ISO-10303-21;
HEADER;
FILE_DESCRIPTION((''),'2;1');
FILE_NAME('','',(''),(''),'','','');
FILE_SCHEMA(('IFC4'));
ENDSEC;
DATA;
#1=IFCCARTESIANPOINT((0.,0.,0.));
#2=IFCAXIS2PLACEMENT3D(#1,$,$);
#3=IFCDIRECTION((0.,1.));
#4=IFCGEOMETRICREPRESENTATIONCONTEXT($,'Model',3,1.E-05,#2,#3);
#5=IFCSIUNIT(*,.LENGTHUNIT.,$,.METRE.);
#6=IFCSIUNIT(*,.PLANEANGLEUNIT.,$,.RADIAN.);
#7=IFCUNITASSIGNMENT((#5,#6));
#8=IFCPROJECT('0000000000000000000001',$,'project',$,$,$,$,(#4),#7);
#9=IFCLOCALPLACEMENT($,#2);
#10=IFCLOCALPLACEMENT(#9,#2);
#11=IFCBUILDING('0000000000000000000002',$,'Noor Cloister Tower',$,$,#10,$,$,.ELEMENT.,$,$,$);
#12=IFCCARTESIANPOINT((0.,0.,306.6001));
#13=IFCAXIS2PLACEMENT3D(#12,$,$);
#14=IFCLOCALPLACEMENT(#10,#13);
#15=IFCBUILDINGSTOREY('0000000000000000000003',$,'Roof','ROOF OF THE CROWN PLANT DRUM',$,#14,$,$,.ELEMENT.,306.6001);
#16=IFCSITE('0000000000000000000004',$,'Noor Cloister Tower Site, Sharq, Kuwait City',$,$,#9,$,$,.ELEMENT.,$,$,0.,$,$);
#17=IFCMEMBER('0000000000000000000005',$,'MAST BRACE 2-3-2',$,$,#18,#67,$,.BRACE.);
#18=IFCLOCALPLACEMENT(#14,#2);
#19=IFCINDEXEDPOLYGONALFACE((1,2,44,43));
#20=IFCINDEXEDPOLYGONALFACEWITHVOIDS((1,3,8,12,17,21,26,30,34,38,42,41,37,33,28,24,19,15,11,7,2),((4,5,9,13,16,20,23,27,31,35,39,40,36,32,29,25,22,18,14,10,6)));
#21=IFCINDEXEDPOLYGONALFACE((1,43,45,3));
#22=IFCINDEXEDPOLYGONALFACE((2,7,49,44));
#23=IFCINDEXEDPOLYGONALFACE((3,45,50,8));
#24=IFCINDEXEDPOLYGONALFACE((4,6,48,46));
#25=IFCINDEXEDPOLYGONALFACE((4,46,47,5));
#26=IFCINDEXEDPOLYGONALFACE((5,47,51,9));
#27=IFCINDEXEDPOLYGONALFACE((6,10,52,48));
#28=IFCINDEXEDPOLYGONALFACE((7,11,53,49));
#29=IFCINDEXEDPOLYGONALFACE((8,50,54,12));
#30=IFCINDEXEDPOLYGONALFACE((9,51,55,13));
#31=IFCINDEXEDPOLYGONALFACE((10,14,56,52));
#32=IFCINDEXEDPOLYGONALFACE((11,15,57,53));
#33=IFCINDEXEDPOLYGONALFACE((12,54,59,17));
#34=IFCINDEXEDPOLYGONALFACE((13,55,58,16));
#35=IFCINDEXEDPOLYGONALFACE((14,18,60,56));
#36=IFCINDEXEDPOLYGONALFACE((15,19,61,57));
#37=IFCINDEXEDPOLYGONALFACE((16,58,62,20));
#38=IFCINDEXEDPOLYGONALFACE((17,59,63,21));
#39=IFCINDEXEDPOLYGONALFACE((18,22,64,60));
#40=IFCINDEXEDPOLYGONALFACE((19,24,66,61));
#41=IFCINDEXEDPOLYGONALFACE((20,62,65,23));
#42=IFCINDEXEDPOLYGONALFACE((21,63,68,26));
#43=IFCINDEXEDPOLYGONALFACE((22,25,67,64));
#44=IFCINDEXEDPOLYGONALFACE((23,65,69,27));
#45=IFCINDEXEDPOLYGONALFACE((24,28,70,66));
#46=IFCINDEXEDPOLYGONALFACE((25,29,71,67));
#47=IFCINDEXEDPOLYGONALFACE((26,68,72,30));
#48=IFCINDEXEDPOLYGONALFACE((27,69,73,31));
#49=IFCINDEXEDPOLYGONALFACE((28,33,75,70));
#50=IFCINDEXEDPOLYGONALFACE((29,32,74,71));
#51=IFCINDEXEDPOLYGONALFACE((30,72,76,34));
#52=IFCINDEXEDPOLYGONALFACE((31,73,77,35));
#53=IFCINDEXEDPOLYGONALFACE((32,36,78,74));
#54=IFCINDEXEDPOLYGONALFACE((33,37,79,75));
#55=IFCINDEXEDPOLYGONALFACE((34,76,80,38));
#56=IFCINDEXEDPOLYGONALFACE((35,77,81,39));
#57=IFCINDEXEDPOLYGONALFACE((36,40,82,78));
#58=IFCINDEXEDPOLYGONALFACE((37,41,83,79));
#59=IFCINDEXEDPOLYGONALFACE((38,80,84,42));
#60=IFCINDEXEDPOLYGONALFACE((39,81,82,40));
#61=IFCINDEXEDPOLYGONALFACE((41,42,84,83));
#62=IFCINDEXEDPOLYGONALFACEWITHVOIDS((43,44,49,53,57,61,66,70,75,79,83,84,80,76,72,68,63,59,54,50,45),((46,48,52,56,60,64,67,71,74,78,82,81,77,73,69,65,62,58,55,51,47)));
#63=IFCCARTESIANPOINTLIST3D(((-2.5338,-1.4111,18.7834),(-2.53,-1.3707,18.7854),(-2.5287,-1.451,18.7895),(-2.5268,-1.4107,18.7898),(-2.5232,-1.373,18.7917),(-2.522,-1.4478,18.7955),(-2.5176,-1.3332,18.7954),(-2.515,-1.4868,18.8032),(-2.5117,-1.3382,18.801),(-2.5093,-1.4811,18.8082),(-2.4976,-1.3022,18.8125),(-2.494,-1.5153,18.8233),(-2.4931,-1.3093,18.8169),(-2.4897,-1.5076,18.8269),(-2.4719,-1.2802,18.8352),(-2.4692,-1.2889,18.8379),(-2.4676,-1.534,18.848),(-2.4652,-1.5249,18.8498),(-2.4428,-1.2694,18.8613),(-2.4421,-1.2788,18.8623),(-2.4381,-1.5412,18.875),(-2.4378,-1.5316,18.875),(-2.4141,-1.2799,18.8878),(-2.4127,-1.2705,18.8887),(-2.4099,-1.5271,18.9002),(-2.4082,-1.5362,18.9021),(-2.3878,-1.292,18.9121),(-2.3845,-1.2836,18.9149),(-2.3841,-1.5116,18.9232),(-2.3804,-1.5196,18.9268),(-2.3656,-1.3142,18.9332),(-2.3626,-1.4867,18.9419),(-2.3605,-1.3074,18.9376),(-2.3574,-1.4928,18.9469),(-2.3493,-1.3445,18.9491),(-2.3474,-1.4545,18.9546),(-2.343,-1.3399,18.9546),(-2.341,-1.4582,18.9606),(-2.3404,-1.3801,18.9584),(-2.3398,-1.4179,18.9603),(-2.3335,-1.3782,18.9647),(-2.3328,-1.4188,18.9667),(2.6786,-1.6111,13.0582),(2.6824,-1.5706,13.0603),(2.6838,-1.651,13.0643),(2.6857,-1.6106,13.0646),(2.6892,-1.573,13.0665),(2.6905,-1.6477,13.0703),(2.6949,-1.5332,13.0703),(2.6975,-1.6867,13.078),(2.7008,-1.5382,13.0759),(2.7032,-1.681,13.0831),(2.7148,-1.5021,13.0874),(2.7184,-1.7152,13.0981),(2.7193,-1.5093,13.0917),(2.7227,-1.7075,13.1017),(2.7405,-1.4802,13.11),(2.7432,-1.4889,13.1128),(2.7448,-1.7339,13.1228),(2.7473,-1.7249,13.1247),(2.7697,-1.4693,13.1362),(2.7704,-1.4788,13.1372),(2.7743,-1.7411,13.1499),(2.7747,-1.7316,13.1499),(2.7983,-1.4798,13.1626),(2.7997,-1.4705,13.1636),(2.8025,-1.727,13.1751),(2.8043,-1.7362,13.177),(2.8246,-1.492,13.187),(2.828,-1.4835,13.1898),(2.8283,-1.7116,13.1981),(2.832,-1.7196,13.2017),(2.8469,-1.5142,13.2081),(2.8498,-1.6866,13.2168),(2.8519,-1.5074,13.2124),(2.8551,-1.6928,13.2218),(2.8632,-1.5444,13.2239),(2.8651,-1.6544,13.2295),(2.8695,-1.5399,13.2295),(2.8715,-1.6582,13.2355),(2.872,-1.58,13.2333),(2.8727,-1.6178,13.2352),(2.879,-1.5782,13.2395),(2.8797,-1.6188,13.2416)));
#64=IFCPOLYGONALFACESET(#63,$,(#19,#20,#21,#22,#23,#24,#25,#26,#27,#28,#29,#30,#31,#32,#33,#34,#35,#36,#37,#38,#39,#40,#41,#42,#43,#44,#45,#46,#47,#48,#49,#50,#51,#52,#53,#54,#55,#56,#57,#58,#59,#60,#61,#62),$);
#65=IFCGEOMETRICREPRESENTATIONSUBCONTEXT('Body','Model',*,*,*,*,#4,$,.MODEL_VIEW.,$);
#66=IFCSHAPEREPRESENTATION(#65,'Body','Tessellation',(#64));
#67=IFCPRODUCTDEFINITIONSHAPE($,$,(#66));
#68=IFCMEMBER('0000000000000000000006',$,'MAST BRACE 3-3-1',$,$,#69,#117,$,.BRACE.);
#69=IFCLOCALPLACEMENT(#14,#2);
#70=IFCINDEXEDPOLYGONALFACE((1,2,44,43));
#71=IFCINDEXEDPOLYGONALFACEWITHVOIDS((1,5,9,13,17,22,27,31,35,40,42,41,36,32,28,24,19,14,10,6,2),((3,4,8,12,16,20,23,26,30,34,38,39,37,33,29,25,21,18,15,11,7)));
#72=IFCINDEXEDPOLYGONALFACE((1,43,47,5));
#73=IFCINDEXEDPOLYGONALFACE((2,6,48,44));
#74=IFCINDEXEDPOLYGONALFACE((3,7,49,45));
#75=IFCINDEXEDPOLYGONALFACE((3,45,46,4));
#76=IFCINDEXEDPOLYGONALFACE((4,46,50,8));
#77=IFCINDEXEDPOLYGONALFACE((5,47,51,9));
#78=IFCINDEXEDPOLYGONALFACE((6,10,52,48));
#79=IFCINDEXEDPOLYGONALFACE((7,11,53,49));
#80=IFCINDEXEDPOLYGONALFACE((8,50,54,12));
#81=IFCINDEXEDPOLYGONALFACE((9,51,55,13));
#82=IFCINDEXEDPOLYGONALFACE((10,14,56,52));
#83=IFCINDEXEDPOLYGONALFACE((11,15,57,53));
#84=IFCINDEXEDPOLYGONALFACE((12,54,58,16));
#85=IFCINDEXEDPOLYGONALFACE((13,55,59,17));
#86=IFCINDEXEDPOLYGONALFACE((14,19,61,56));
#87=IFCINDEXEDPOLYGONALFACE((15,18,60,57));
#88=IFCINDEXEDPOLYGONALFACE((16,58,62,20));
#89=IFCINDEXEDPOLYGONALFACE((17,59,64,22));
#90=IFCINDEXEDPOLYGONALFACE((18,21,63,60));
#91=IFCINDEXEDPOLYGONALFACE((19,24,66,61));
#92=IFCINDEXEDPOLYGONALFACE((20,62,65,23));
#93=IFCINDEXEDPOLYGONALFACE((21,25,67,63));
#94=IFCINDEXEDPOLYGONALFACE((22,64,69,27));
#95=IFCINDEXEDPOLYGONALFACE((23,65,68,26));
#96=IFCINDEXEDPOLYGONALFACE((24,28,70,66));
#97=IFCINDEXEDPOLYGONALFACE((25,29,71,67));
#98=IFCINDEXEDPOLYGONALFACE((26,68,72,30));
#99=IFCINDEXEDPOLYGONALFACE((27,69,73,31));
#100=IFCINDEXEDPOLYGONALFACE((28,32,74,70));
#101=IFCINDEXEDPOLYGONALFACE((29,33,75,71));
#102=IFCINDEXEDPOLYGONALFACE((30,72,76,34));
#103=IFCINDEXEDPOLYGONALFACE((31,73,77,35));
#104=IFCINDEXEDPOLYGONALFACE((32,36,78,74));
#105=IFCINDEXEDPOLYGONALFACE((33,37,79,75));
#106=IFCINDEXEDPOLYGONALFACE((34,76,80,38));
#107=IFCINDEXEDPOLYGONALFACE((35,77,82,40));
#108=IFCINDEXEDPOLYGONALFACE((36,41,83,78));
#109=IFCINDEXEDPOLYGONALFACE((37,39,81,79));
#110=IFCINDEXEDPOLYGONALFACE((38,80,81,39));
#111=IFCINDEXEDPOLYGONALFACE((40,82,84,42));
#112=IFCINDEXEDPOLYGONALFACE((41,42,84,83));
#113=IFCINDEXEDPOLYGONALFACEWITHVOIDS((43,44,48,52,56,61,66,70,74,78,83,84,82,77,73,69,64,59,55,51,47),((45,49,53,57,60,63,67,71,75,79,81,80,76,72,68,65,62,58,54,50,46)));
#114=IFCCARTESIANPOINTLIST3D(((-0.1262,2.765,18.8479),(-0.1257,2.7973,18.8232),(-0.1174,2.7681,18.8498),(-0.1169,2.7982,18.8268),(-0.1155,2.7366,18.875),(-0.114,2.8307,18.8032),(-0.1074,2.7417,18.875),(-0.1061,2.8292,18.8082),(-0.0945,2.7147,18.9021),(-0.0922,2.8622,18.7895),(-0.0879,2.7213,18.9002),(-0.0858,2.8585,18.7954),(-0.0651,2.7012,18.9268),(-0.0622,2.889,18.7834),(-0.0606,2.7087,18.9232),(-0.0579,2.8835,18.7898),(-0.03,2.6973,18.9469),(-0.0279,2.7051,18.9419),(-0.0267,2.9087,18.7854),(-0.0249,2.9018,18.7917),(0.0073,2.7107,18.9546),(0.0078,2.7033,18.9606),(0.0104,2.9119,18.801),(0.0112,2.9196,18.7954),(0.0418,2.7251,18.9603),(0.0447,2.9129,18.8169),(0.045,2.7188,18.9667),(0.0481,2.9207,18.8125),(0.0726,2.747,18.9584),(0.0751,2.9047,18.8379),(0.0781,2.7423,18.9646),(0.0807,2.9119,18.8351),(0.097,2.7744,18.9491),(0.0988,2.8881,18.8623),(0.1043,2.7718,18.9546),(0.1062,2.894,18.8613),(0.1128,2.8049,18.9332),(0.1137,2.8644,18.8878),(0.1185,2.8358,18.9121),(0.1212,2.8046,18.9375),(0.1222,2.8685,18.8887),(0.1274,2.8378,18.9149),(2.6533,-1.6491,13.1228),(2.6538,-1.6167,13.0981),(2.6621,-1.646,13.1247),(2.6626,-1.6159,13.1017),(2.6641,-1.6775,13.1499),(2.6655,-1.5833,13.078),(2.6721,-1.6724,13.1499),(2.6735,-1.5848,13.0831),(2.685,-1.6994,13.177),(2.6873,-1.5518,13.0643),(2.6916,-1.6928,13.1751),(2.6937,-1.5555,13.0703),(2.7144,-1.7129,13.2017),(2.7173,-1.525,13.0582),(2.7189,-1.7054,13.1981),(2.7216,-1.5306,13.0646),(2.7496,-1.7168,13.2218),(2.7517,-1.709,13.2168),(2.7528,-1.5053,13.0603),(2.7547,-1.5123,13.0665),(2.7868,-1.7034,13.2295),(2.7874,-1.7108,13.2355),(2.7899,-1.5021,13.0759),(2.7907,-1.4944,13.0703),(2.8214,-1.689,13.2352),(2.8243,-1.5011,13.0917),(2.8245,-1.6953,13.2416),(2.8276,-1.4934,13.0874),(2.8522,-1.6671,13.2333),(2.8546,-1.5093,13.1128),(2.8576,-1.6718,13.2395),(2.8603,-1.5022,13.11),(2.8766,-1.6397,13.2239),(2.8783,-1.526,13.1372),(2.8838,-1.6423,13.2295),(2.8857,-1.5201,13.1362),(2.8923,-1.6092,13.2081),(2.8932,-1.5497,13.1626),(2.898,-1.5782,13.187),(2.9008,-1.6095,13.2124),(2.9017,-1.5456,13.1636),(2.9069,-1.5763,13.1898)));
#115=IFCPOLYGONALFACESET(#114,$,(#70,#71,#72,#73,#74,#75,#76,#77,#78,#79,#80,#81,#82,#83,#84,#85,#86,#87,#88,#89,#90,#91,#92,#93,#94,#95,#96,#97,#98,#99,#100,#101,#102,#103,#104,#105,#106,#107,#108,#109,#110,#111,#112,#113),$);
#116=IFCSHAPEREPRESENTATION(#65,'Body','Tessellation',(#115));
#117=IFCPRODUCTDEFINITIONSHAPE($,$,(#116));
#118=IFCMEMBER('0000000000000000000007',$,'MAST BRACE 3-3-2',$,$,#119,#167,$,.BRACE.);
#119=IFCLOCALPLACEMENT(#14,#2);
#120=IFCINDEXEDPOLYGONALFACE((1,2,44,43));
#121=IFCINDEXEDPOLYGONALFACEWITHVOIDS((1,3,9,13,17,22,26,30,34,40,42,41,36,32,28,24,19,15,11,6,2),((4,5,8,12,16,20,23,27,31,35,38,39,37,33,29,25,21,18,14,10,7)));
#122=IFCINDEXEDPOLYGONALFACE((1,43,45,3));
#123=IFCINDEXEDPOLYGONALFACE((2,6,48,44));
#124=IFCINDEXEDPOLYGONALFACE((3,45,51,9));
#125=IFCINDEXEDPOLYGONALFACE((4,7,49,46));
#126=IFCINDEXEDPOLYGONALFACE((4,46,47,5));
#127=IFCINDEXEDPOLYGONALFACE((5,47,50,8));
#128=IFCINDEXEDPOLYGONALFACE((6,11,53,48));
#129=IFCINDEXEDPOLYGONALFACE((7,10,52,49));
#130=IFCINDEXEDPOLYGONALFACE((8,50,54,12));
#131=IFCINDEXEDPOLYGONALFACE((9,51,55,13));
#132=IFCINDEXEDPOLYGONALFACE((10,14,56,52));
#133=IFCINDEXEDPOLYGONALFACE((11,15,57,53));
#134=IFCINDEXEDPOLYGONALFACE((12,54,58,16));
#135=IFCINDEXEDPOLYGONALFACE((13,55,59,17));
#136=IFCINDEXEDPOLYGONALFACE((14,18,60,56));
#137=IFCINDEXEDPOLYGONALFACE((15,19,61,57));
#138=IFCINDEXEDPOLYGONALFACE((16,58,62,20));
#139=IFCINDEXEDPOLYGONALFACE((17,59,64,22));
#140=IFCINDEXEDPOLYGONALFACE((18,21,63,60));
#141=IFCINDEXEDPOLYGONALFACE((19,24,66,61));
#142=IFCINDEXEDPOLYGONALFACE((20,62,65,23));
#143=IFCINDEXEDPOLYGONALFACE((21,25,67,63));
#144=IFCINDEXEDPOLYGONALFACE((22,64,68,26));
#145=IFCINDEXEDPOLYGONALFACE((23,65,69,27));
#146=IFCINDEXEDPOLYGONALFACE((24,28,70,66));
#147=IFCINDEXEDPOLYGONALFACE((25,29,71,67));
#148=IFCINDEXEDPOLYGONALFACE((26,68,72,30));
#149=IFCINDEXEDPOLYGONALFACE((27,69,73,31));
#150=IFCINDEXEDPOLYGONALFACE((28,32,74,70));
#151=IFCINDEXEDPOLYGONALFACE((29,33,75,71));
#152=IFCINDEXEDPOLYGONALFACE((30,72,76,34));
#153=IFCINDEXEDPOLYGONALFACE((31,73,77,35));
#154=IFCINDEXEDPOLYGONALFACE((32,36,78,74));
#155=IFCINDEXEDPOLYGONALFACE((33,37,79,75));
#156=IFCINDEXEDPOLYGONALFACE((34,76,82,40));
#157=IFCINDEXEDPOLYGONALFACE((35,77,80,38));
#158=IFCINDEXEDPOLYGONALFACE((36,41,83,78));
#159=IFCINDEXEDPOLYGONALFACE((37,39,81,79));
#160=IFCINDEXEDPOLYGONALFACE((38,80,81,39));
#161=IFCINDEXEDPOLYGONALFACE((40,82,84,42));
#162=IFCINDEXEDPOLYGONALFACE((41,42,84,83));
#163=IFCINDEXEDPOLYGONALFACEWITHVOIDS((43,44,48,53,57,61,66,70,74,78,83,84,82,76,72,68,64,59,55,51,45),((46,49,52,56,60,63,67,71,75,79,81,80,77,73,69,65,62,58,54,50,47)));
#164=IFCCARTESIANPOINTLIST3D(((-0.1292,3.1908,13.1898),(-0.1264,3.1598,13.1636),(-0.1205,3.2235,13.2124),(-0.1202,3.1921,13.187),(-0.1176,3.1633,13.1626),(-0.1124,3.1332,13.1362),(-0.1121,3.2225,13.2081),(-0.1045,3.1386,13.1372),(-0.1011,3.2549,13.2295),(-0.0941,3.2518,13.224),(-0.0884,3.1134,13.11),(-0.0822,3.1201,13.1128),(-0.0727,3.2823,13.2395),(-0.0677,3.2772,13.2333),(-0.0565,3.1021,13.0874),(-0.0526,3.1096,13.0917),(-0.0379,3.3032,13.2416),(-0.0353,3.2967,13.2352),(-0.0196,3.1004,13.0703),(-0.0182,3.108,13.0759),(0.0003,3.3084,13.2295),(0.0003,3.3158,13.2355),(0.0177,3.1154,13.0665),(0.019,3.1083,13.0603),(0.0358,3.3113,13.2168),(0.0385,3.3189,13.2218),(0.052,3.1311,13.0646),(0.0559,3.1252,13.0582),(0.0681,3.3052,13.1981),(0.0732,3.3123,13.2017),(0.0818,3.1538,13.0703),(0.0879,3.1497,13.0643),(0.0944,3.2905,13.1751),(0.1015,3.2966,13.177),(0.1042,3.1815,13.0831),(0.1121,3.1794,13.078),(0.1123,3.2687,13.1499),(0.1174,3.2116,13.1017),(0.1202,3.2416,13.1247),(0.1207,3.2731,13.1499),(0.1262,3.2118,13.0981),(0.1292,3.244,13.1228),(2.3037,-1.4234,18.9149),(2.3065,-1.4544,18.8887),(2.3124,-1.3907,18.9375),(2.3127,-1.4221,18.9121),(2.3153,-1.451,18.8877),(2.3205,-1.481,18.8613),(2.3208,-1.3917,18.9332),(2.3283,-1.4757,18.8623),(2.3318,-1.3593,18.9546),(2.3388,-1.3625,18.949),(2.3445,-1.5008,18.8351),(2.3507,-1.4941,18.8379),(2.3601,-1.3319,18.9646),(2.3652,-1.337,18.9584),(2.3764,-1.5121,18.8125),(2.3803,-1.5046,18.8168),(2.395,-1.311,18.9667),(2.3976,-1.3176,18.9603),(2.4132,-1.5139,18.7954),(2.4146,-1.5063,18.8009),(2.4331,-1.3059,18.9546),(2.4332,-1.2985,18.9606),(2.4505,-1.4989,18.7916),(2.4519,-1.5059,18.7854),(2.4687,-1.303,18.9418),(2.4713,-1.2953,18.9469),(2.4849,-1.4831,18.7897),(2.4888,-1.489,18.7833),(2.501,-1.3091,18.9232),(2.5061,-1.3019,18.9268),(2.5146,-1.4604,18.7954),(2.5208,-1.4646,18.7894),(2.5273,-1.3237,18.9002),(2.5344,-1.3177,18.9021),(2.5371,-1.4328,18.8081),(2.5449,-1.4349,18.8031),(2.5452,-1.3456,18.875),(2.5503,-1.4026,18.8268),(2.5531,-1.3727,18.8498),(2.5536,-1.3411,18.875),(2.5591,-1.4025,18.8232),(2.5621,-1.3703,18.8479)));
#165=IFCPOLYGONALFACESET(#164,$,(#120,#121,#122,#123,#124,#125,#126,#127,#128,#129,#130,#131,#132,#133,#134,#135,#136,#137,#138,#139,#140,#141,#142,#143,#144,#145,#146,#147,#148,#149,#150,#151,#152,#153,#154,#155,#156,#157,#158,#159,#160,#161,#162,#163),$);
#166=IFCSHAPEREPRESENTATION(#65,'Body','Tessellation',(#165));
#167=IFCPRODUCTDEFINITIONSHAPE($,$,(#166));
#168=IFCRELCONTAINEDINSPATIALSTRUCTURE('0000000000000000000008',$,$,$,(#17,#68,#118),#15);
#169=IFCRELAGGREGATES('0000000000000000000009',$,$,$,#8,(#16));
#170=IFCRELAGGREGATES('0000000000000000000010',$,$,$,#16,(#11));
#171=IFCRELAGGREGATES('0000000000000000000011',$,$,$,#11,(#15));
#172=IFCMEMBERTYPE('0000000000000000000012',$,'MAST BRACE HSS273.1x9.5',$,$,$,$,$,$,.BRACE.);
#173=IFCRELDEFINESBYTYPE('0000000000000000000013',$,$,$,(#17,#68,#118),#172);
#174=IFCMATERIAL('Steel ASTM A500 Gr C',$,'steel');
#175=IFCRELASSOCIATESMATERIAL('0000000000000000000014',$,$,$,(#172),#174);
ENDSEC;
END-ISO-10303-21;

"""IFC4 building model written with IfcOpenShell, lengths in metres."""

from ifc_helpers import new_model, si_unit, direction, frame, origin, origin_2d, place, context, subcontext, project, spatial, hollow_circle, extrude, material, material_profile, profile_set, type_object, element, save


model = new_model("IFC4")

# Units and contexts
model_context = context("Model", 3, precision=1e-05, world=origin(), true_north=direction((0.0, 1.0)))
body_context = subcontext(model_context, "Body", "Model", "MODEL_VIEW")
ifc_project = project(units=[si_unit("LENGTHUNIT", "METRE"), si_unit("PLANEANGLEUNIT", "RADIAN")], contexts=[model_context])

# Site, building, storey
site_placement = place(None, origin())
site = spatial("IfcSite", under=ifc_project, at=site_placement, Name="Noor Cloister Tower Site, Sharq, Kuwait City", CompositionType="ELEMENT", RefElevation=0.0)
building_placement = place(site_placement, origin())
building = spatial("IfcBuilding", under=site, at=building_placement, Name="Noor Cloister Tower", CompositionType="ELEMENT")
storey_placement = place(building_placement, frame((0.0, 0.0, 306.6001)))
storey = spatial("IfcBuildingStorey", under=building, at=storey_placement, Name="Roof", Description="ROOF OF THE CROWN PLANT DRUM", CompositionType="ELEMENT", Elevation=306.6001)

# Members
ifc_material_1 = material(Name="Steel ASTM A500 Gr C", Category="steel")
ifc_material_profile_1 = material_profile(ifc_material_1, hollow_circle(Radius=0.1365, WallThickness=0.0095, at=origin_2d()), Name="HSS273.1x9.5")
ifc_profile_set_1 = profile_set([ifc_material_profile_1], Name="Steel ASTM A500 Gr C")
member_type_1 = type_object("IfcMemberType", Name="MAST BRACE HSS273.1x9.5", PredefinedType="BRACE", material=ifc_profile_set_1)
for number, where, z_axis, x_axis, name in (
    (1, (2.7795, -1.6047, 13.1499), (-0.672998, 0.025817, 0.739194), (-0.038332, -0.999265, 0.0), "MAST BRACE 2-3-2"),
    (2, (2.7795, -1.6047, 13.1499), (-0.358877, 0.569917, 0.73919), (-0.846205, -0.532857, 0.0), "MAST BRACE 3-3-1"),
    (3, (0.0, 3.2095, 13.1499), (0.314115, -0.595763, 0.739187), (0.884578, 0.466393, 0.0), "MAST BRACE 3-3-2"),
):
    element("IfcMember", number, at=place(storey_placement, frame(where, z_axis=z_axis, x_axis=x_axis)), inside=storey, type_object=member_type_1, Name=name, PredefinedType="BRACE", context=body_context, shape_type="SweptSolid", body=[
        extrude(hollow_circle(Radius=0.1365, WallThickness=0.0095, at=origin_2d()), origin(), (0.0, 0.0, 1.0), 7.7451),
    ])

save(model, "model.ifc")
